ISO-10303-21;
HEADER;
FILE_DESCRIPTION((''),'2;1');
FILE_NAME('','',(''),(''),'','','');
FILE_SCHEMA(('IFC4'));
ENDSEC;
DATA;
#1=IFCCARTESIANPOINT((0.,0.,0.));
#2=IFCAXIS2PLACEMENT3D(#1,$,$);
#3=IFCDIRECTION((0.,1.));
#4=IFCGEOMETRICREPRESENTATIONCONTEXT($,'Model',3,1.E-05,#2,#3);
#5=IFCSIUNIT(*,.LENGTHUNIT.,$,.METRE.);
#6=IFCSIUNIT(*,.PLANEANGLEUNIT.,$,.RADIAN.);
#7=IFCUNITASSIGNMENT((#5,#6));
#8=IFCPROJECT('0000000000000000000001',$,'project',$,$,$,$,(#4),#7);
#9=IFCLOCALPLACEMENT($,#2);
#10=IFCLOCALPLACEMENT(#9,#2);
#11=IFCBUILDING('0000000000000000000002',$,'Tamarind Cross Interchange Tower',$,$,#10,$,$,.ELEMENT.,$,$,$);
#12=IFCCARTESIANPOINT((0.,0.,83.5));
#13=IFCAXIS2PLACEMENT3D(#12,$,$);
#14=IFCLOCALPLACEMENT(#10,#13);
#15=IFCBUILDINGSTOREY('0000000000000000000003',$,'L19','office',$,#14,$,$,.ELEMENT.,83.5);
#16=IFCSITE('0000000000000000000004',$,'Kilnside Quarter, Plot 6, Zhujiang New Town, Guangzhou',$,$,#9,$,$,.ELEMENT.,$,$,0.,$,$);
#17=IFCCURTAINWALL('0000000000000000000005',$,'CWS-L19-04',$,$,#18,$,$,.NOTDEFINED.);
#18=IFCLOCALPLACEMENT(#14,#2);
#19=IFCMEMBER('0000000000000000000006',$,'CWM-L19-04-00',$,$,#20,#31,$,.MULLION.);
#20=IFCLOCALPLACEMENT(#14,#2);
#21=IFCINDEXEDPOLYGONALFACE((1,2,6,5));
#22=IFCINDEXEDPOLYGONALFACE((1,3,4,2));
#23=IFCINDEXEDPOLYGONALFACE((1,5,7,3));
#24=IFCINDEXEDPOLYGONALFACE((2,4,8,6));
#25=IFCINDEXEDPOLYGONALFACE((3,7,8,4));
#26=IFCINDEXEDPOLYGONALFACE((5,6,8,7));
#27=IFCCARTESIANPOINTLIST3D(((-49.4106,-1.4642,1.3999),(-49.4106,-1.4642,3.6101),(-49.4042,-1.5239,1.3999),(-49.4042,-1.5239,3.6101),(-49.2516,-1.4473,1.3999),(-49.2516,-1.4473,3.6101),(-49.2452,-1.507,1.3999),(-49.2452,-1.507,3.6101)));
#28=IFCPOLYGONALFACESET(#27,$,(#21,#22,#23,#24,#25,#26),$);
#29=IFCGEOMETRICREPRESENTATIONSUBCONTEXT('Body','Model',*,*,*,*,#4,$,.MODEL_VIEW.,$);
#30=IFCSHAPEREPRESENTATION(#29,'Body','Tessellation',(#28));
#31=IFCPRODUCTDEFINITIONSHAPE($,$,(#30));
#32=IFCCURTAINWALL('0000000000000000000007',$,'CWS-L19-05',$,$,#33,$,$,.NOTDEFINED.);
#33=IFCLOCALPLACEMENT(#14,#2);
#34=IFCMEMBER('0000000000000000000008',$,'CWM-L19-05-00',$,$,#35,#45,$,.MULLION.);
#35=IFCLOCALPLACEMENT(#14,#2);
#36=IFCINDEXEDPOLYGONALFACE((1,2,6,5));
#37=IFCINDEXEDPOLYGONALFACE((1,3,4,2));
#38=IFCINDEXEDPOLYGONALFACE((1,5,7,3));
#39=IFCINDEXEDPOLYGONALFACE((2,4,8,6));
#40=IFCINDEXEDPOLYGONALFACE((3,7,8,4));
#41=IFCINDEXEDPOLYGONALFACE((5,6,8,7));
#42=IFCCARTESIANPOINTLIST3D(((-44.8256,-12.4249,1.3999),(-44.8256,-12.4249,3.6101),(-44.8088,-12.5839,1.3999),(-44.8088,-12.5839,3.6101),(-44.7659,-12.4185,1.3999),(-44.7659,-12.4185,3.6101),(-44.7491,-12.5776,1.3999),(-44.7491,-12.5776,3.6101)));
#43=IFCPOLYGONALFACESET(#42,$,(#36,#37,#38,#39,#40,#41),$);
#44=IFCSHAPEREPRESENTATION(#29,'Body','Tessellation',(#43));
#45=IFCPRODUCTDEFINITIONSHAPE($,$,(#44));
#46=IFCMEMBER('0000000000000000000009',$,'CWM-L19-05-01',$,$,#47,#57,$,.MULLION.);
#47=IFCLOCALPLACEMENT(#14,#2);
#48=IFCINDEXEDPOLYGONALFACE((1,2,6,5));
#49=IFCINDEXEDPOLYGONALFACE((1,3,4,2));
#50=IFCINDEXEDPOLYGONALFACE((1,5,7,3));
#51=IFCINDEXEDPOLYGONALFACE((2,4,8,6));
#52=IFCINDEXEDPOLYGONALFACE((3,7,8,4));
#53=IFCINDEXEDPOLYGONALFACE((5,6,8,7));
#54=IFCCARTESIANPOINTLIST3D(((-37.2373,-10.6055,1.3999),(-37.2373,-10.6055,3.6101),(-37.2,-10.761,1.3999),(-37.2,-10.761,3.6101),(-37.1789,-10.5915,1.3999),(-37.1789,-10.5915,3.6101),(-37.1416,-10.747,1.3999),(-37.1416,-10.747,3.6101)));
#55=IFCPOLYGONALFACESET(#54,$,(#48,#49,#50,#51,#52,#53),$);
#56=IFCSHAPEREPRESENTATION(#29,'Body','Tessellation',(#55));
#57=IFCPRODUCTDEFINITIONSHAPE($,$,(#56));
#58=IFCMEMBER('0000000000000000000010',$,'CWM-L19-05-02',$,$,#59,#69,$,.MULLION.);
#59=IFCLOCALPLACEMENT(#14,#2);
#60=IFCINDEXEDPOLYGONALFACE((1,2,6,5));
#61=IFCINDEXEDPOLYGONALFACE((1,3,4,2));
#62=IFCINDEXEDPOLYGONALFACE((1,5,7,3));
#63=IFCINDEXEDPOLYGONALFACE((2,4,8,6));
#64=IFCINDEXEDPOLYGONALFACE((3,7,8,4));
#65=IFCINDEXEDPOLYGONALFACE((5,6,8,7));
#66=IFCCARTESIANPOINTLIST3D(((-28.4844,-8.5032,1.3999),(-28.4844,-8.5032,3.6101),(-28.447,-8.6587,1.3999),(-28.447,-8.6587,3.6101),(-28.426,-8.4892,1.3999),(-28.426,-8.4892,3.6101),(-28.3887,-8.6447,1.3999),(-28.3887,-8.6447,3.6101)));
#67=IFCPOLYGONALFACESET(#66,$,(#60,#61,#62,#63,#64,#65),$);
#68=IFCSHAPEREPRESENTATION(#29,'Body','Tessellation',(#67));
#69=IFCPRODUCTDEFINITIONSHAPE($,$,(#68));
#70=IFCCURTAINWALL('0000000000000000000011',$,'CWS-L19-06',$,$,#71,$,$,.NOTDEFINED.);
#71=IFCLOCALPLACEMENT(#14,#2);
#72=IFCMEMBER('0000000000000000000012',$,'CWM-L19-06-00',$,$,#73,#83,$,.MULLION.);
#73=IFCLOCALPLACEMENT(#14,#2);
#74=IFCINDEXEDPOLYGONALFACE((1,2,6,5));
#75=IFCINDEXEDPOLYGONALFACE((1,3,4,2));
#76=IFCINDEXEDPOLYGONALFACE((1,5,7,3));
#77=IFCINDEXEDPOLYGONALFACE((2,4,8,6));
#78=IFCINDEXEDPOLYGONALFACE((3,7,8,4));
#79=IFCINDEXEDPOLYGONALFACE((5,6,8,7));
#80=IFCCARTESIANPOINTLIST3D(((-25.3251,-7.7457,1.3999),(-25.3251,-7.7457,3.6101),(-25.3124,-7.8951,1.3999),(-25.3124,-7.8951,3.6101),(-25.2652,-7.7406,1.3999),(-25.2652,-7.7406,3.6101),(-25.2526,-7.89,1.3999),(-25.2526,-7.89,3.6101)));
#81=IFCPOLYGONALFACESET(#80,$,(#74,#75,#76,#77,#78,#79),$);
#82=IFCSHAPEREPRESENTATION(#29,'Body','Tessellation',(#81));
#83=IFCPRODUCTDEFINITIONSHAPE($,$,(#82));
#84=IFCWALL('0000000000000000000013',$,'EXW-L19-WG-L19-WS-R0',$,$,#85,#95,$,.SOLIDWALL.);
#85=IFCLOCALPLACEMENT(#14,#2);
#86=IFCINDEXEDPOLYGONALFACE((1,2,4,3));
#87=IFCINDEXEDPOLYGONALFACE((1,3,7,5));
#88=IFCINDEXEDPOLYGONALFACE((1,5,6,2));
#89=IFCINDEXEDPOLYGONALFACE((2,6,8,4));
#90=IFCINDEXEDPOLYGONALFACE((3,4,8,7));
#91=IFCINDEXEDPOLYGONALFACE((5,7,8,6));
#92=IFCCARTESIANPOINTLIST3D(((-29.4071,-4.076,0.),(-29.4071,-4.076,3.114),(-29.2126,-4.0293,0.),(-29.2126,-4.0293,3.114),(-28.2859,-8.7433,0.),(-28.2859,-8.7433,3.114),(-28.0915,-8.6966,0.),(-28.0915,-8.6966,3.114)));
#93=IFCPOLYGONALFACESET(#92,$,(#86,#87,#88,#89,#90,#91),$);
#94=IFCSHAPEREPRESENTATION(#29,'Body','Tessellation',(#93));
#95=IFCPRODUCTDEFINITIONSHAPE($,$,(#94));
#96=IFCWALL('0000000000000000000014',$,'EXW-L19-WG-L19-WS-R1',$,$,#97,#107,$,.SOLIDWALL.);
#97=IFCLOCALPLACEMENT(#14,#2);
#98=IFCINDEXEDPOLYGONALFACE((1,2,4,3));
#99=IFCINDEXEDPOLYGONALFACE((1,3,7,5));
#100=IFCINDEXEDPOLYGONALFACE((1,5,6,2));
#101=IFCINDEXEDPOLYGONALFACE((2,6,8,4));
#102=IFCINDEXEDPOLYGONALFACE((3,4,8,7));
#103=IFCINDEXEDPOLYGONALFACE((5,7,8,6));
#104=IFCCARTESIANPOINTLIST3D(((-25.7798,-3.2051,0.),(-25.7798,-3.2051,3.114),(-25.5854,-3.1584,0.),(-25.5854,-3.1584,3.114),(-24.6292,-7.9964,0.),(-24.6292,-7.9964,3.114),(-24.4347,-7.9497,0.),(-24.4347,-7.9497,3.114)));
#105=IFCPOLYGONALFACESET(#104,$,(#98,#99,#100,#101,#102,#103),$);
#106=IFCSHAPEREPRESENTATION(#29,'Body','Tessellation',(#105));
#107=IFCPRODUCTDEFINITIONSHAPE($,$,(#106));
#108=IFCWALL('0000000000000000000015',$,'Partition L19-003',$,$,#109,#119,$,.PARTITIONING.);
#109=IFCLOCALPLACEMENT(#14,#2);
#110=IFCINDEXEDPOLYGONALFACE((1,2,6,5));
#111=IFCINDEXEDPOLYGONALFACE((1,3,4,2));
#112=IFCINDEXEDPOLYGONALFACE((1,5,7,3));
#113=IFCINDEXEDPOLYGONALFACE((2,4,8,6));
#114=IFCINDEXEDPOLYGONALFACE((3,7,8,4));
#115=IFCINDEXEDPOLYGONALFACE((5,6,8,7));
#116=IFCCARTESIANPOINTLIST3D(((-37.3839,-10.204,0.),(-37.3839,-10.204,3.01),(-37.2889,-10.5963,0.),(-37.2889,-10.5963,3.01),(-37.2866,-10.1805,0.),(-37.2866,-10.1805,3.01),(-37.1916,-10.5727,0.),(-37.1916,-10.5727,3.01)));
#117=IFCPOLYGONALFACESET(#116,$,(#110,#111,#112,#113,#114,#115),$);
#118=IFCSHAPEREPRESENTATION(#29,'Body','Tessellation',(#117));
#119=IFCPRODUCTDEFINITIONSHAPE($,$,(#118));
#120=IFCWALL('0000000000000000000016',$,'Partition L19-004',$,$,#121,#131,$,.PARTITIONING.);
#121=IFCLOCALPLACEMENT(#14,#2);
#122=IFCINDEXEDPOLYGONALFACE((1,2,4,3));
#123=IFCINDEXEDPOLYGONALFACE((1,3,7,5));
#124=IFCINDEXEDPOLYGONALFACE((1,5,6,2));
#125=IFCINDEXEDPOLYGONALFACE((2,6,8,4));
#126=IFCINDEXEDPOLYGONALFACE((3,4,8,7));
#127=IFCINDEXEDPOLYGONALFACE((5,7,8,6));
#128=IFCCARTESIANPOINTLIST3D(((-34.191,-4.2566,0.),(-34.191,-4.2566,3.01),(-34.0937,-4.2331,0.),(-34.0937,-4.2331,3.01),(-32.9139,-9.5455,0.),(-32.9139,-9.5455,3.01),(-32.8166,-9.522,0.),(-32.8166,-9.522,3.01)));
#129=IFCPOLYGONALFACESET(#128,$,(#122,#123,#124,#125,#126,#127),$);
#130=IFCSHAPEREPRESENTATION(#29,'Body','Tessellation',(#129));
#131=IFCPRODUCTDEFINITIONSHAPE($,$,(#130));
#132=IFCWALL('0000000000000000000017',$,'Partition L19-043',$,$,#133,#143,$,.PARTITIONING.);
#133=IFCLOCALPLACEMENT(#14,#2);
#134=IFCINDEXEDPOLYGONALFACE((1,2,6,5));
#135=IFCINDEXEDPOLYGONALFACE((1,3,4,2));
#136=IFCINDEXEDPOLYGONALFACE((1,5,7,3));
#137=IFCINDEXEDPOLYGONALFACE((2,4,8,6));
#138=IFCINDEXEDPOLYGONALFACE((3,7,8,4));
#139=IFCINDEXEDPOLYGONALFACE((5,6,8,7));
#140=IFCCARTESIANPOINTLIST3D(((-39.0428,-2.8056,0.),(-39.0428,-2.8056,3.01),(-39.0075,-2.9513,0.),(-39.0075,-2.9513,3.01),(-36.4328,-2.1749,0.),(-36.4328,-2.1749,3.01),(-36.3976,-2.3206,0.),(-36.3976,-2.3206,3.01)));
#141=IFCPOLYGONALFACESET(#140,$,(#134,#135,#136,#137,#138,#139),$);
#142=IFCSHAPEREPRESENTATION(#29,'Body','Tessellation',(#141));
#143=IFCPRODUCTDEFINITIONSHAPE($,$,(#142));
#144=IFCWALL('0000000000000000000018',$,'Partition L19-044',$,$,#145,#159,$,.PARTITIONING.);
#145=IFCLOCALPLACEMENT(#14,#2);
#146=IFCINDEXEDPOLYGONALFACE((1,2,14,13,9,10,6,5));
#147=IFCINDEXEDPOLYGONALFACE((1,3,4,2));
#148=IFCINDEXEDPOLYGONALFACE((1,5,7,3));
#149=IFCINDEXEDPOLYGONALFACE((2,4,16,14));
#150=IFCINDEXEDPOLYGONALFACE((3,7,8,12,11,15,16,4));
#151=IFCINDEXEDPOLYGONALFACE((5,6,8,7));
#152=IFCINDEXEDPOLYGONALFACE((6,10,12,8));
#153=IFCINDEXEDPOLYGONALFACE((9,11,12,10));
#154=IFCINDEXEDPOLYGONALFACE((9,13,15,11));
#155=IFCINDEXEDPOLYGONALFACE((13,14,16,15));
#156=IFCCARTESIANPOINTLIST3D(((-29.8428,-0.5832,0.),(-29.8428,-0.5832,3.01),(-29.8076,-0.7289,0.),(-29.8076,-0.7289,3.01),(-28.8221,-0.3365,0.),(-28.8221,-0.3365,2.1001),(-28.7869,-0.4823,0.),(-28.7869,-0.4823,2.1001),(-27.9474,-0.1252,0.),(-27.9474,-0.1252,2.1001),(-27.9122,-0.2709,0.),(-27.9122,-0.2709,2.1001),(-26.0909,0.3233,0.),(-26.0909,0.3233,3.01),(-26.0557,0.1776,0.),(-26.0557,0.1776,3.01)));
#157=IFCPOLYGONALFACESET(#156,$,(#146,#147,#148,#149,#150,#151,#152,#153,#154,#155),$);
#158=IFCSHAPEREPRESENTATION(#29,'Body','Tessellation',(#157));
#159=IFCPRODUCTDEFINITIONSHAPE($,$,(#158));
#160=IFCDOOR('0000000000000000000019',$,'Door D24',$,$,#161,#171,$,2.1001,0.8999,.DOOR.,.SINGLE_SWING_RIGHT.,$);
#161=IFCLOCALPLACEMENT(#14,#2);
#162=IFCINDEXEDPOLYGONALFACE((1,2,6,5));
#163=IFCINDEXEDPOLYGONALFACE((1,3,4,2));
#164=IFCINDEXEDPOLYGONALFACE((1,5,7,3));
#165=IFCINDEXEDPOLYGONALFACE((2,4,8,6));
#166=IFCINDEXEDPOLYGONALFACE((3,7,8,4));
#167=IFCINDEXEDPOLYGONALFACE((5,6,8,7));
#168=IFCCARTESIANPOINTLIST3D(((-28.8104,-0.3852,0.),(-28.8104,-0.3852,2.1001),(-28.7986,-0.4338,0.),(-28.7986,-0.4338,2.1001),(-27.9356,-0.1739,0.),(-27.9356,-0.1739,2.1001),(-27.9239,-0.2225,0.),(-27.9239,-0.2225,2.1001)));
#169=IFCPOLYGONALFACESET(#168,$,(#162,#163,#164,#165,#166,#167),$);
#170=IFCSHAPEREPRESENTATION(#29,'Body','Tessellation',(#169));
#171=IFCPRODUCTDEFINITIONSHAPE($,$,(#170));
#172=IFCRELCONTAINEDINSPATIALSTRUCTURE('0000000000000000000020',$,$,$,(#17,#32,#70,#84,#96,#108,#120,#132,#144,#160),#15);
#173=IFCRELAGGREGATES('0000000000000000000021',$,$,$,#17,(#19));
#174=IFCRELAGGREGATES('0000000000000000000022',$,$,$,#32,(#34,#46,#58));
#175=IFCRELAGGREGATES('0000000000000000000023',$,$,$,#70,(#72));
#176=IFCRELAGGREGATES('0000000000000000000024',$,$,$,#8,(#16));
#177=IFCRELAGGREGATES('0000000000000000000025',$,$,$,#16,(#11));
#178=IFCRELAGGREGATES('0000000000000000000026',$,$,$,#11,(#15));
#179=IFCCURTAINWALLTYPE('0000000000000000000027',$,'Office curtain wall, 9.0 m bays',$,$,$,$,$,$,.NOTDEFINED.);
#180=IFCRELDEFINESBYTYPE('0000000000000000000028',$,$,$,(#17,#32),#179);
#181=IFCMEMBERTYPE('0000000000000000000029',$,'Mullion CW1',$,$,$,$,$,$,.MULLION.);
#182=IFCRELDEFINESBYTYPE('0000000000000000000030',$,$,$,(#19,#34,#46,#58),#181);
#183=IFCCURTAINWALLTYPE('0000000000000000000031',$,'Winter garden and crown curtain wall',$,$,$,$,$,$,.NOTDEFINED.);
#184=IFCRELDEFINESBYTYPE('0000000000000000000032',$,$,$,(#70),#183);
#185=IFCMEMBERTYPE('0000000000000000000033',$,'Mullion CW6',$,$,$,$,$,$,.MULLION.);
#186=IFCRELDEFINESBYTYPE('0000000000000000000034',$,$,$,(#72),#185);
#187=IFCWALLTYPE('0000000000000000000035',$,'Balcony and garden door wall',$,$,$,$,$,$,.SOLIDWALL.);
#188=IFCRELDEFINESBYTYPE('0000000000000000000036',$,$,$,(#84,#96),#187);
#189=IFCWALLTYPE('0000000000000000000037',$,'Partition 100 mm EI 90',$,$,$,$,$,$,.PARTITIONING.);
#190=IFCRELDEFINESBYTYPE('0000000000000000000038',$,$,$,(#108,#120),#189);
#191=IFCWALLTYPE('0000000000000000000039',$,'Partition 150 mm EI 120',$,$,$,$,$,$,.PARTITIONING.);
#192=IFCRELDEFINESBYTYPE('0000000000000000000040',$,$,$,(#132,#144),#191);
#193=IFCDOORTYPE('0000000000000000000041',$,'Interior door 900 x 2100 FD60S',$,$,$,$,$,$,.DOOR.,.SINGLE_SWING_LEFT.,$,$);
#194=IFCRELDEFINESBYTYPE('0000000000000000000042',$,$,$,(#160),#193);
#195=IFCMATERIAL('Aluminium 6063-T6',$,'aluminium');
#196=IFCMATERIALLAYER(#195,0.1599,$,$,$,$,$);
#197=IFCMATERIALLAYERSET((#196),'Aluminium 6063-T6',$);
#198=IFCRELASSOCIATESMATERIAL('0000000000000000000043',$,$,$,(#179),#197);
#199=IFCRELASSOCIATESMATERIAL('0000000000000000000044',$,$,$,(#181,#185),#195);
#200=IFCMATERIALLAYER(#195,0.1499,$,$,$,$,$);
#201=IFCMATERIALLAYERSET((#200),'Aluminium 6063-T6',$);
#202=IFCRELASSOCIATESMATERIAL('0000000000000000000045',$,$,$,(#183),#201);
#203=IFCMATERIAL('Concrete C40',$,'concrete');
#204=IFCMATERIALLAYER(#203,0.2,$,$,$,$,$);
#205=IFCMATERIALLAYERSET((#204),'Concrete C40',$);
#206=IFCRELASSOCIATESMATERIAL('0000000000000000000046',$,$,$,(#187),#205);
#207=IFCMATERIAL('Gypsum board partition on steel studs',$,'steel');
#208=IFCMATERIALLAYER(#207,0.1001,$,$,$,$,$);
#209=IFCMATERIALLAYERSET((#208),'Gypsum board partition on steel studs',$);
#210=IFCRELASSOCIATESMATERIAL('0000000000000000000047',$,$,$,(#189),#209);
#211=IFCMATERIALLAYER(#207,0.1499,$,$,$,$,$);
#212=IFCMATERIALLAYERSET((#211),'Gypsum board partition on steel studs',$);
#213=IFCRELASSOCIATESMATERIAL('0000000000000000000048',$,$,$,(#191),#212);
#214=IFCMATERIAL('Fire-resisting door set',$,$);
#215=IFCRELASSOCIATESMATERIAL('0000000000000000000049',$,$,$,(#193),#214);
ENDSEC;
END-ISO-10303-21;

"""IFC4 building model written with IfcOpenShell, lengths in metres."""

from ifc_helpers import new_model, si_unit, direction, frame, frame_2d, origin, origin_2d, place, context, subcontext, project, spatial, rectangle, extrude, material, layer, layer_set, material_profile, profile_set, type_object, element, fill, aggregate, save


model = new_model("IFC4")

# Units and contexts
model_context = context("Model", 3, precision=1e-05, world=origin(), true_north=direction((0.0, 1.0)))
body_context = subcontext(model_context, "Body", "Model", "MODEL_VIEW")
ifc_project = project(units=[si_unit("LENGTHUNIT", "METRE"), si_unit("PLANEANGLEUNIT", "RADIAN")], contexts=[model_context])

# Site, building, storey
site_placement = place(None, origin())
site = spatial("IfcSite", under=ifc_project, at=site_placement, Name="Kilnside Quarter, Plot 6, Zhujiang New Town, Guangzhou", CompositionType="ELEMENT", RefElevation=0.0)
building_placement = place(site_placement, origin())
building = spatial("IfcBuilding", under=site, at=building_placement, Name="Tamarind Cross Interchange Tower", CompositionType="ELEMENT")
storey_placement = place(building_placement, frame((0.0, 0.0, 83.5)))
storey = spatial("IfcBuildingStorey", under=building, at=storey_placement, Name="L19", Description="office", CompositionType="ELEMENT", Elevation=83.5)

# Curtain wall, member
ifc_material_1 = material(Name="Aluminium 6063-T6", Category="aluminium")
ifc_layer_1 = layer(ifc_material_1, 0.1599)
ifc_layer_set_1 = layer_set([ifc_layer_1], Name="Aluminium 6063-T6")
curtain_wall_type_1 = type_object("IfcCurtainWallType", Name="Office curtain wall, 9.0 m bays", PredefinedType="NOTDEFINED", material=ifc_layer_set_1)
curtain_wall_1_placement = place(storey_placement, origin())
curtain_wall_1 = element("IfcCurtainWall", 1, at=curtain_wall_1_placement, inside=storey, type_object=curtain_wall_type_1, Name="CWS-L19-04", PredefinedType="NOTDEFINED")
ifc_material_profile_1 = material_profile(ifc_material_1, rectangle(XDim=0.0601, YDim=0.1599, at=origin_2d()), Name="Mullion CW1")
ifc_profile_set_1 = profile_set([ifc_material_profile_1], Name="Aluminium 6063-T6")
member_type_1 = type_object("IfcMemberType", Name="Mullion CW1", PredefinedType="MULLION", material=ifc_profile_set_1)
member_1_placement = place(storey_placement, frame((-49.3279, -1.4856, 1.3999), z_axis=(0.0, 0.0, 1.0), x_axis=(0.105959, -0.994371, 0.0)))
member_1 = element("IfcMember", 2, at=member_1_placement, type_object=member_type_1, Name="CWM-L19-04-00", PredefinedType="MULLION", context=body_context, shape_type="SweptSolid", body=[
    extrude(rectangle(XDim=0.0601, YDim=0.1599, at=origin_2d()), origin(), (0.0, 0.0, 1.0), 2.2102),
])
aggregate(curtain_wall_1, [member_1])

# Curtain wall, members
curtain_wall_2_placement = place(storey_placement, origin())
curtain_wall_2 = element("IfcCurtainWall", 3, at=curtain_wall_2_placement, inside=storey, type_object=curtain_wall_type_1, Name="CWS-L19-05", PredefinedType="NOTDEFINED")
member_2_placement = place(storey_placement, frame((-44.7874, -12.5012, 1.3999), z_axis=(0.0, 0.0, 1.0), x_axis=(0.994441, 0.105294, 0.0)))
member_2 = element("IfcMember", 4, at=member_2_placement, type_object=member_type_1, Name="CWM-L19-05-00", PredefinedType="MULLION", context=body_context, shape_type="SweptSolid", body=[
    extrude(rectangle(XDim=0.0601, YDim=0.1599, at=origin_2d()), origin(), (0.0, 0.0, 1.0), 2.2102),
])
member_3_placement = place(storey_placement, frame((-37.1895, -10.6763, 1.3999), z_axis=(0.0, 0.0, 1.0), x_axis=(0.972346, 0.233544, 0.0)))
member_3 = element("IfcMember", 5, at=member_3_placement, type_object=member_type_1, Name="CWM-L19-05-01", PredefinedType="MULLION", context=body_context, shape_type="SweptSolid", body=[
    extrude(rectangle(XDim=0.0601, YDim=0.1599, at=origin_2d()), origin(), (0.0, 0.0, 1.0), 2.2102),
])
member_4_placement = place(storey_placement, frame((-28.4365, -8.574, 1.3999), z_axis=(0.0, 0.0, 1.0), x_axis=(0.972346, 0.233544, 0.0)))
member_4 = element("IfcMember", 6, at=member_4_placement, type_object=member_type_1, Name="CWM-L19-05-02", PredefinedType="MULLION", context=body_context, shape_type="SweptSolid", body=[
    extrude(rectangle(XDim=0.0601, YDim=0.1599, at=origin_2d()), origin(), (0.0, 0.0, 1.0), 2.2102),
])
aggregate(curtain_wall_2, [member_2, member_3, member_4])

# Curtain wall, member
ifc_layer_2 = layer(ifc_material_1, 0.1499)
ifc_layer_set_2 = layer_set([ifc_layer_2], Name="Aluminium 6063-T6")
curtain_wall_type_2 = type_object("IfcCurtainWallType", Name="Winter garden and crown curtain wall", PredefinedType="NOTDEFINED", material=ifc_layer_set_2)
curtain_wall_3_placement = place(storey_placement, origin())
curtain_wall_3 = element("IfcCurtainWall", 7, at=curtain_wall_3_placement, inside=storey, type_object=curtain_wall_type_2, Name="CWS-L19-06", PredefinedType="NOTDEFINED")
ifc_material_profile_2 = material_profile(ifc_material_1, rectangle(XDim=0.0601, YDim=0.1499, at=origin_2d()), Name="Mullion CW6")
ifc_profile_set_2 = profile_set([ifc_material_profile_2], Name="Aluminium 6063-T6")
member_type_2 = type_object("IfcMemberType", Name="Mullion CW6", PredefinedType="MULLION", material=ifc_profile_set_2)
member_5_placement = place(storey_placement, frame((-25.2888, -7.8179, 1.3999), z_axis=(0.0, 0.0, 1.0), x_axis=(0.996411, 0.084647, 0.0)))
member_5 = element("IfcMember", 8, at=member_5_placement, type_object=member_type_2, Name="CWM-L19-06-00", PredefinedType="MULLION", context=body_context, shape_type="SweptSolid", body=[
    extrude(rectangle(XDim=0.0601, YDim=0.1499, at=origin_2d()), origin(), (0.0, 0.0, 1.0), 2.2102),
])
aggregate(curtain_wall_3, [member_5])

# Shared definitions
ifc_material_2 = material(Name="Concrete C40", Category="concrete")
ifc_layer_3 = layer(ifc_material_2, 0.2)
ifc_layer_set_3 = layer_set([ifc_layer_3], Name="Concrete C40")
wall_type_1 = type_object("IfcWallType", Name="Balcony and garden door wall", PredefinedType="SOLIDWALL", material=ifc_layer_set_3)

# Walls
wall_1_placement = place(storey_placement, frame((-29.3098, -4.0527, 0.0), z_axis=(0.0, 0.0, 1.0), x_axis=(0.233561, -0.972342, 0.0)))
element("IfcWall", 9, at=wall_1_placement, inside=storey, type_object=wall_type_1, Name="EXW-L19-WG-L19-WS-R0", PredefinedType="SOLIDWALL", context=body_context, shape_type="SweptSolid", body=[
    extrude(rectangle(XDim=4.8, YDim=0.2, at=frame_2d((2.3999, 0.0))), origin(), (0.0, 0.0, 1.0), 3.114),
])
wall_2_placement = place(storey_placement, frame((-25.6826, -3.1816, 0.0), z_axis=(0.0, 0.0, 1.0), x_axis=(0.233513, -0.972354, 0.0)))
element("IfcWall", 10, at=wall_2_placement, inside=storey, type_object=wall_type_1, Name="EXW-L19-WG-L19-WS-R1", PredefinedType="SOLIDWALL", context=body_context, shape_type="SweptSolid", body=[
    extrude(rectangle(XDim=4.9275, YDim=0.2, at=frame_2d((2.4639, 0.0))), origin(), (0.0, 0.0, 1.0), 3.114),
])
ifc_material_3 = material(Name="Gypsum board partition on steel studs", Category="steel")
ifc_layer_4 = layer(ifc_material_3, 0.1001)
ifc_layer_set_4 = layer_set([ifc_layer_4], Name="Gypsum board partition on steel studs")
wall_type_2 = type_object("IfcWallType", Name="Partition 100 mm EI 90", PredefinedType="PARTITIONING", material=ifc_layer_set_4)
wall_3_placement = place(storey_placement, frame((-37.3352, -10.1924, 0.0), z_axis=(0.0, 0.0, 1.0), x_axis=(0.235271, -0.97193, 0.0)))
element("IfcWall", 11, at=wall_3_placement, inside=storey, type_object=wall_type_2, Name="Partition L19-003", PredefinedType="PARTITIONING", context=body_context, shape_type="SweptSolid", body=[
    extrude(rectangle(XDim=0.4036, YDim=0.1001, at=frame_2d((0.2017, 0.0))), origin(), (0.0, 0.0, 1.0), 3.01),
])
wall_4_placement = place(storey_placement, frame((-34.1423, -4.2449, 0.0), z_axis=(0.0, 0.0, 1.0), x_axis=(0.234725, -0.972062, 0.0)))
element("IfcWall", 12, at=wall_4_placement, inside=storey, type_object=wall_type_2, Name="Partition L19-004", PredefinedType="PARTITIONING", context=body_context, shape_type="SweptSolid", body=[
    extrude(rectangle(XDim=5.4409, YDim=0.1001, at=frame_2d((2.7205, 0.0))), origin(), (0.0, 0.0, 1.0), 3.01),
])
ifc_layer_5 = layer(ifc_material_3, 0.1499)
ifc_layer_set_5 = layer_set([ifc_layer_5], Name="Gypsum board partition on steel studs")
wall_type_3 = type_object("IfcWallType", Name="Partition 150 mm EI 120", PredefinedType="PARTITIONING", material=ifc_layer_set_5)
wall_5_placement = place(storey_placement, frame((-39.0251, -2.8784, 0.0), z_axis=(0.0, 0.0, 1.0), x_axis=(0.972027, 0.234869, 0.0)))
element("IfcWall", 13, at=wall_5_placement, inside=storey, type_object=wall_type_3, Name="Partition L19-043", PredefinedType="PARTITIONING", context=body_context, shape_type="SweptSolid", body=[
    extrude(rectangle(XDim=2.6851, YDim=0.1499, at=frame_2d((1.3425, 0.0))), origin(), (0.0, 0.0, 1.0), 3.01),
])

# Wall, opening, door
wall_6_placement = place(storey_placement, frame((-29.8252, -0.656, 0.0), z_axis=(0.0, 0.0, 1.0), x_axis=(0.972032, 0.234849, 0.0)))
wall_6 = element("IfcWall", 14, at=wall_6_placement, inside=storey, type_object=wall_type_3, Name="Partition L19-044", PredefinedType="PARTITIONING", context=body_context, shape_type="SweptSolid", body=[
    extrude(rectangle(XDim=3.8599, YDim=0.1499, at=frame_2d((1.9299, 0.0))), origin(), (0.0, 0.0, 1.0), 3.01),
])
opening_1_placement = place(wall_6_placement, frame((1.05, 0.0, 0.0)))
opening_1 = element("IfcOpeningElement", 15, at=opening_1_placement, cuts=wall_6, PredefinedType="OPENING", context=body_context, shape_type="SweptSolid", body=[
    extrude(rectangle(XDim=0.8999, YDim=2.1001, at=frame_2d((0.45, 1.05))), frame((0.0, 0.085, 0.0), z_axis=(0.0, -1.0, 0.0), x_axis=(1.0, 0.0, 0.0)), (0.0, 0.0, 1.0), 0.1699),
])
ifc_material_4 = material(Name="Fire-resisting door set")
door_type_1 = type_object("IfcDoorType", Name="Interior door 900 x 2100 FD60S", OperationType="SINGLE_SWING_LEFT", PredefinedType="DOOR", material=ifc_material_4)
door_1_placement = place(opening_1_placement, origin())
door_1 = element("IfcDoor", 16, at=door_1_placement, inside=storey, type_object=door_type_1, Name="Door D24", OperationType="SINGLE_SWING_RIGHT", OverallHeight=2.1001, OverallWidth=0.8999, PredefinedType="DOOR", context=body_context, shape_type="SweptSolid", body=[
    extrude(rectangle(XDim=0.8999, YDim=2.1001, at=frame_2d((0.45, 1.05))), frame((0.0, 0.0249, 0.0), z_axis=(0.0, -1.0, 0.0), x_axis=(1.0, 0.0, 0.0)), (0.0, 0.0, 1.0), 0.05),
])
fill(opening_1, door_1)

save(model, "model.ifc")
